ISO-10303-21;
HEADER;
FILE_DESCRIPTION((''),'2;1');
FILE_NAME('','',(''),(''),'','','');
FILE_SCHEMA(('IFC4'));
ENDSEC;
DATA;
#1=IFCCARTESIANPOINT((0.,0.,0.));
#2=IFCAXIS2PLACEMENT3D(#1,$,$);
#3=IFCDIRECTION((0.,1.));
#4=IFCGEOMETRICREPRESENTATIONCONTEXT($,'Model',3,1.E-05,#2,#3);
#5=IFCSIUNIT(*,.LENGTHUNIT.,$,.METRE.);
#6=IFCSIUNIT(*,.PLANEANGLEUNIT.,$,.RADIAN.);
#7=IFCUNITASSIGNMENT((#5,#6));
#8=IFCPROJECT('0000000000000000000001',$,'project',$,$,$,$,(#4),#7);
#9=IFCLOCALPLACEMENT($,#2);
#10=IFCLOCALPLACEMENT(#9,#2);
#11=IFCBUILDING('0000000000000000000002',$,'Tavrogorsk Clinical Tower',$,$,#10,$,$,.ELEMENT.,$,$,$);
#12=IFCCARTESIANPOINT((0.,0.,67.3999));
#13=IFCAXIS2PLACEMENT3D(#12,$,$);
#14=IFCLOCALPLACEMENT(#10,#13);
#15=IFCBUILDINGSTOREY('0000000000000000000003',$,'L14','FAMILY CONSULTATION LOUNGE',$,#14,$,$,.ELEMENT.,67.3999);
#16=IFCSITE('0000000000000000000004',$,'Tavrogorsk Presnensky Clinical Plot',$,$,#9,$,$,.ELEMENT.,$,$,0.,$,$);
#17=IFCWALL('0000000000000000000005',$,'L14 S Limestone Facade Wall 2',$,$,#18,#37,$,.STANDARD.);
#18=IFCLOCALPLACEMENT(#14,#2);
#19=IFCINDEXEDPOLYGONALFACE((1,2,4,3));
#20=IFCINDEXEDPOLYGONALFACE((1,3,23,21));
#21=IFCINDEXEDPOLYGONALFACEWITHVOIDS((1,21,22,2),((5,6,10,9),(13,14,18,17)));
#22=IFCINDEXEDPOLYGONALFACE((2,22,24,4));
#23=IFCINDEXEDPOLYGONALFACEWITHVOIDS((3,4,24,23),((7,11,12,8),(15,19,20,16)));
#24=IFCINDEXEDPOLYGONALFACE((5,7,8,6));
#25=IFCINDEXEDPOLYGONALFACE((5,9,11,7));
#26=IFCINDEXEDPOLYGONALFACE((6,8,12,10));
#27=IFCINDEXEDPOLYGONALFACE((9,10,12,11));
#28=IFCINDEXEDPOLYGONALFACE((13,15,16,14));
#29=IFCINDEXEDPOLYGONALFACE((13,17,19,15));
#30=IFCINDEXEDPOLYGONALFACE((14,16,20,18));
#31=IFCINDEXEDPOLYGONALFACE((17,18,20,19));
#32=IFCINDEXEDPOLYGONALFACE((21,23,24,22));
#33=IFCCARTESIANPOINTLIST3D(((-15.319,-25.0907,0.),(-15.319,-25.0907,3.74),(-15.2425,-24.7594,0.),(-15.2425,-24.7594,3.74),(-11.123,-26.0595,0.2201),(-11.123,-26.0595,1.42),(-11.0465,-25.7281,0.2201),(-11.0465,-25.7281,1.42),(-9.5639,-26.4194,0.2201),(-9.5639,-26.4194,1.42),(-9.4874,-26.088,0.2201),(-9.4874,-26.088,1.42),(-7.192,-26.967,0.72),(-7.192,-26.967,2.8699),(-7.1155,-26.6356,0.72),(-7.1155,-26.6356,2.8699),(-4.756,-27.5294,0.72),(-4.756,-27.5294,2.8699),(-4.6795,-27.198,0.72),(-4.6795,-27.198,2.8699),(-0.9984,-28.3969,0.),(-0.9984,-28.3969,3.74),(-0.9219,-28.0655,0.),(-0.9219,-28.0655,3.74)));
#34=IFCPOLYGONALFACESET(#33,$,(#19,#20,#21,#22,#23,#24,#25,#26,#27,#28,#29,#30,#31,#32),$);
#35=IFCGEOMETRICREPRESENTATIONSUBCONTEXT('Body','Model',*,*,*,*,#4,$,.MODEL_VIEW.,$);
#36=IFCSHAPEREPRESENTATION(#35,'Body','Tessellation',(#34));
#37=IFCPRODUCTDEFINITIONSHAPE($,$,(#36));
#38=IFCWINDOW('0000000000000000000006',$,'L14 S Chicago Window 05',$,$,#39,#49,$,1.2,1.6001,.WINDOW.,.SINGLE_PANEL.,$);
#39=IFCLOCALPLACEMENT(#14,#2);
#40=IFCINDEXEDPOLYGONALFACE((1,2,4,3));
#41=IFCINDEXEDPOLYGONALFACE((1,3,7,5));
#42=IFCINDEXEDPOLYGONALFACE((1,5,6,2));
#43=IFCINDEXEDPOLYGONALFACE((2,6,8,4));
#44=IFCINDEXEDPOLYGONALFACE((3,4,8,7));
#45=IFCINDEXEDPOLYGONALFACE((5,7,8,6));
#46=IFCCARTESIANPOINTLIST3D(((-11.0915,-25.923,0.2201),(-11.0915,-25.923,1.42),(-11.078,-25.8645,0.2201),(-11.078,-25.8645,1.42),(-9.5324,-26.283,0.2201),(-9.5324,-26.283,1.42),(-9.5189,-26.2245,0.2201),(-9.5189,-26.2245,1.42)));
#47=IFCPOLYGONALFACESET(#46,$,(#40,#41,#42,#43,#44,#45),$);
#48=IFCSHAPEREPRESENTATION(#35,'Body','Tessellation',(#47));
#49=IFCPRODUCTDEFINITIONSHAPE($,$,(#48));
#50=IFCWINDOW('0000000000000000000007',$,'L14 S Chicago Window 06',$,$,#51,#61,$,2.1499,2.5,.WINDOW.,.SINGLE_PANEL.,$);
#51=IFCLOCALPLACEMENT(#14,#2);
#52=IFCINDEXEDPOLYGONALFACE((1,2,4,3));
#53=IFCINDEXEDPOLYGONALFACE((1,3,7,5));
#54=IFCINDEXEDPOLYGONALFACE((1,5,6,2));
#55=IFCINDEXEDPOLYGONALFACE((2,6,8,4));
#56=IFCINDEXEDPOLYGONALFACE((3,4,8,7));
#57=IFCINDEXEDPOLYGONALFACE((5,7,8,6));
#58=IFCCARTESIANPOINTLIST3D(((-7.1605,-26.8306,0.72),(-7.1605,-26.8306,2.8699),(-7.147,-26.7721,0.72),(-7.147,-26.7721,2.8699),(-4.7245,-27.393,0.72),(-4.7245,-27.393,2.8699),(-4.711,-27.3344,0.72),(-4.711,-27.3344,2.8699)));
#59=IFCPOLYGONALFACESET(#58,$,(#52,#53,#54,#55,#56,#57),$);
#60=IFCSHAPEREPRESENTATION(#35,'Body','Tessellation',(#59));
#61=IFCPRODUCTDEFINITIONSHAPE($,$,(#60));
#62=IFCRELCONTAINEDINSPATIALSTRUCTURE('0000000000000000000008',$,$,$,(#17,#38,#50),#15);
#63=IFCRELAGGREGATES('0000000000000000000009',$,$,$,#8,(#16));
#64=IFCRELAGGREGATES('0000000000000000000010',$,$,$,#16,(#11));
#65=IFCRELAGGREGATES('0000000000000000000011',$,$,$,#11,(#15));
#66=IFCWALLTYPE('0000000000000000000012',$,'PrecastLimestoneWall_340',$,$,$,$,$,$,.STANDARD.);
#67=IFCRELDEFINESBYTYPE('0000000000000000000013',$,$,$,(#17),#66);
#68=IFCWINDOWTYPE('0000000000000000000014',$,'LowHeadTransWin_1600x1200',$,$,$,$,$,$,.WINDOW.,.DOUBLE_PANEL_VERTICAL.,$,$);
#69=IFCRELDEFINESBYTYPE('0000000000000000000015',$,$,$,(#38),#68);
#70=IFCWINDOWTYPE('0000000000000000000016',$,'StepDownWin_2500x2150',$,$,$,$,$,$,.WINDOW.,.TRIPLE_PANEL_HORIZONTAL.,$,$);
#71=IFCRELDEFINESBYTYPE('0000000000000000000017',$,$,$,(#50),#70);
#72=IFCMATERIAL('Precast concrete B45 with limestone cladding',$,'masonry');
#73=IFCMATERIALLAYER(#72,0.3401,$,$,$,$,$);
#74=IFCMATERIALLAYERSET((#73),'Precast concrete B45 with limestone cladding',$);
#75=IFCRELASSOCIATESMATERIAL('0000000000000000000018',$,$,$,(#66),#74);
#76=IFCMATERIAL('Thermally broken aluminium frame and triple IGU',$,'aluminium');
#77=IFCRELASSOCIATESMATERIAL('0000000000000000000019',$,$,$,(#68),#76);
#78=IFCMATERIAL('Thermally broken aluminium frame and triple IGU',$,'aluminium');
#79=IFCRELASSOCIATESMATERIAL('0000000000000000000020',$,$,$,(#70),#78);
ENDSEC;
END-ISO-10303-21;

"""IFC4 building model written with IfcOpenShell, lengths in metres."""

from ifc_helpers import new_model, si_unit, direction, frame, frame_2d, origin, place, context, subcontext, project, spatial, rectangle, extrude, material, layer, layer_set, type_object, element, fill, save


model = new_model("IFC4")

# Units and contexts
model_context = context("Model", 3, precision=1e-05, world=origin(), true_north=direction((0.0, 1.0)))
body_context = subcontext(model_context, "Body", "Model", "MODEL_VIEW")
ifc_project = project(units=[si_unit("LENGTHUNIT", "METRE"), si_unit("PLANEANGLEUNIT", "RADIAN")], contexts=[model_context])

# Site, building, storey
site_placement = place(None, origin())
site = spatial("IfcSite", under=ifc_project, at=site_placement, Name="Tavrogorsk Presnensky Clinical Plot", CompositionType="ELEMENT", RefElevation=0.0)
building_placement = place(site_placement, origin())
building = spatial("IfcBuilding", under=site, at=building_placement, Name="Tavrogorsk Clinical Tower", CompositionType="ELEMENT")
storey_placement = place(building_placement, frame((0.0, 0.0, 67.3999)))
storey = spatial("IfcBuildingStorey", under=building, at=storey_placement, Name="L14", Description="FAMILY CONSULTATION LOUNGE", CompositionType="ELEMENT", Elevation=67.3999)

# Wall, openings, windows
ifc_material_1 = material(Name="Precast concrete B45 with limestone cladding", Category="masonry")
ifc_layer_1 = layer(ifc_material_1, 0.3401)
ifc_layer_set_1 = layer_set([ifc_layer_1], Name="Precast concrete B45 with limestone cladding")
wall_type_1 = type_object("IfcWallType", Name="PrecastLimestoneWall_340", PredefinedType="STANDARD", material=ifc_layer_set_1)
wall_1_placement = place(storey_placement, frame((-15.2808, -24.925, 0.0), z_axis=(0.0, 0.0, 1.0), x_axis=(0.97437, -0.22495, 0.0)))
wall_1 = element("IfcWall", 1, at=wall_1_placement, inside=storey, type_object=wall_type_1, Name="L14 S Limestone Facade Wall 2", PredefinedType="STANDARD", context=body_context, shape_type="SweptSolid", body=[
    extrude(rectangle(XDim=14.6973, YDim=0.3401, at=frame_2d((7.3486, 0.0))), origin(), (0.0, 0.0, 1.0), 3.74),
])
opening_1_placement = place(wall_1_placement, frame((4.3064, 0.0, 0.22)))
opening_1 = element("IfcOpeningElement", 2, at=opening_1_placement, cuts=wall_1, PredefinedType="OPENING", context=body_context, shape_type="SweptSolid", body=[
    extrude(rectangle(XDim=1.6001, YDim=1.2, at=frame_2d((0.8, 0.6001))), frame((0.0, 0.1799, 0.0), z_axis=(0.0, -1.0, 0.0), x_axis=(1.0, 0.0, 0.0)), (0.0, 0.0, 1.0), 0.3601),
])
opening_2_placement = place(wall_1_placement, frame((8.3408, 0.0, 0.72)))
opening_2 = element("IfcOpeningElement", 3, at=opening_2_placement, cuts=wall_1, PredefinedType="OPENING", context=body_context, shape_type="SweptSolid", body=[
    extrude(rectangle(XDim=2.5, YDim=2.1499, at=frame_2d((1.25, 1.075))), frame((0.0, 0.1799, 0.0), z_axis=(0.0, -1.0, 0.0), x_axis=(1.0, 0.0, 0.0)), (0.0, 0.0, 1.0), 0.3601),
])
ifc_material_2 = material(Name="Thermally broken aluminium frame and triple IGU", Category="aluminium")
window_type_1 = type_object("IfcWindowType", Name="LowHeadTransWin_1600x1200", PartitioningType="DOUBLE_PANEL_VERTICAL", PredefinedType="WINDOW", material=ifc_material_2)
window_1_placement = place(opening_1_placement, origin())
window_1 = element("IfcWindow", 4, at=window_1_placement, inside=storey, type_object=window_type_1, Name="L14 S Chicago Window 05", OverallHeight=1.2, OverallWidth=1.6001, PartitioningType="SINGLE_PANEL", PredefinedType="WINDOW", context=body_context, shape_type="SweptSolid", body=[
    extrude(rectangle(XDim=1.6001, YDim=1.2, at=frame_2d((0.8, 0.6001))), frame((0.0, 0.03, 0.0), z_axis=(0.0, -1.0, 0.0), x_axis=(1.0, 0.0, 0.0)), (0.0, 0.0, 1.0), 0.0601),
])
fill(opening_1, window_1)
ifc_material_3 = material(Name="Thermally broken aluminium frame and triple IGU", Category="aluminium")
window_type_2 = type_object("IfcWindowType", Name="StepDownWin_2500x2150", PartitioningType="TRIPLE_PANEL_HORIZONTAL", PredefinedType="WINDOW", material=ifc_material_3)
window_2_placement = place(opening_2_placement, origin())
window_2 = element("IfcWindow", 5, at=window_2_placement, inside=storey, type_object=window_type_2, Name="L14 S Chicago Window 06", OverallHeight=2.1499, OverallWidth=2.5, PartitioningType="SINGLE_PANEL", PredefinedType="WINDOW", context=body_context, shape_type="SweptSolid", body=[
    extrude(rectangle(XDim=2.5, YDim=2.1499, at=frame_2d((1.25, 1.075))), frame((0.0, 0.03, 0.0), z_axis=(0.0, -1.0, 0.0), x_axis=(1.0, 0.0, 0.0)), (0.0, 0.0, 1.0), 0.0601),
])
fill(opening_2, window_2)

save(model, "model.ifc")
